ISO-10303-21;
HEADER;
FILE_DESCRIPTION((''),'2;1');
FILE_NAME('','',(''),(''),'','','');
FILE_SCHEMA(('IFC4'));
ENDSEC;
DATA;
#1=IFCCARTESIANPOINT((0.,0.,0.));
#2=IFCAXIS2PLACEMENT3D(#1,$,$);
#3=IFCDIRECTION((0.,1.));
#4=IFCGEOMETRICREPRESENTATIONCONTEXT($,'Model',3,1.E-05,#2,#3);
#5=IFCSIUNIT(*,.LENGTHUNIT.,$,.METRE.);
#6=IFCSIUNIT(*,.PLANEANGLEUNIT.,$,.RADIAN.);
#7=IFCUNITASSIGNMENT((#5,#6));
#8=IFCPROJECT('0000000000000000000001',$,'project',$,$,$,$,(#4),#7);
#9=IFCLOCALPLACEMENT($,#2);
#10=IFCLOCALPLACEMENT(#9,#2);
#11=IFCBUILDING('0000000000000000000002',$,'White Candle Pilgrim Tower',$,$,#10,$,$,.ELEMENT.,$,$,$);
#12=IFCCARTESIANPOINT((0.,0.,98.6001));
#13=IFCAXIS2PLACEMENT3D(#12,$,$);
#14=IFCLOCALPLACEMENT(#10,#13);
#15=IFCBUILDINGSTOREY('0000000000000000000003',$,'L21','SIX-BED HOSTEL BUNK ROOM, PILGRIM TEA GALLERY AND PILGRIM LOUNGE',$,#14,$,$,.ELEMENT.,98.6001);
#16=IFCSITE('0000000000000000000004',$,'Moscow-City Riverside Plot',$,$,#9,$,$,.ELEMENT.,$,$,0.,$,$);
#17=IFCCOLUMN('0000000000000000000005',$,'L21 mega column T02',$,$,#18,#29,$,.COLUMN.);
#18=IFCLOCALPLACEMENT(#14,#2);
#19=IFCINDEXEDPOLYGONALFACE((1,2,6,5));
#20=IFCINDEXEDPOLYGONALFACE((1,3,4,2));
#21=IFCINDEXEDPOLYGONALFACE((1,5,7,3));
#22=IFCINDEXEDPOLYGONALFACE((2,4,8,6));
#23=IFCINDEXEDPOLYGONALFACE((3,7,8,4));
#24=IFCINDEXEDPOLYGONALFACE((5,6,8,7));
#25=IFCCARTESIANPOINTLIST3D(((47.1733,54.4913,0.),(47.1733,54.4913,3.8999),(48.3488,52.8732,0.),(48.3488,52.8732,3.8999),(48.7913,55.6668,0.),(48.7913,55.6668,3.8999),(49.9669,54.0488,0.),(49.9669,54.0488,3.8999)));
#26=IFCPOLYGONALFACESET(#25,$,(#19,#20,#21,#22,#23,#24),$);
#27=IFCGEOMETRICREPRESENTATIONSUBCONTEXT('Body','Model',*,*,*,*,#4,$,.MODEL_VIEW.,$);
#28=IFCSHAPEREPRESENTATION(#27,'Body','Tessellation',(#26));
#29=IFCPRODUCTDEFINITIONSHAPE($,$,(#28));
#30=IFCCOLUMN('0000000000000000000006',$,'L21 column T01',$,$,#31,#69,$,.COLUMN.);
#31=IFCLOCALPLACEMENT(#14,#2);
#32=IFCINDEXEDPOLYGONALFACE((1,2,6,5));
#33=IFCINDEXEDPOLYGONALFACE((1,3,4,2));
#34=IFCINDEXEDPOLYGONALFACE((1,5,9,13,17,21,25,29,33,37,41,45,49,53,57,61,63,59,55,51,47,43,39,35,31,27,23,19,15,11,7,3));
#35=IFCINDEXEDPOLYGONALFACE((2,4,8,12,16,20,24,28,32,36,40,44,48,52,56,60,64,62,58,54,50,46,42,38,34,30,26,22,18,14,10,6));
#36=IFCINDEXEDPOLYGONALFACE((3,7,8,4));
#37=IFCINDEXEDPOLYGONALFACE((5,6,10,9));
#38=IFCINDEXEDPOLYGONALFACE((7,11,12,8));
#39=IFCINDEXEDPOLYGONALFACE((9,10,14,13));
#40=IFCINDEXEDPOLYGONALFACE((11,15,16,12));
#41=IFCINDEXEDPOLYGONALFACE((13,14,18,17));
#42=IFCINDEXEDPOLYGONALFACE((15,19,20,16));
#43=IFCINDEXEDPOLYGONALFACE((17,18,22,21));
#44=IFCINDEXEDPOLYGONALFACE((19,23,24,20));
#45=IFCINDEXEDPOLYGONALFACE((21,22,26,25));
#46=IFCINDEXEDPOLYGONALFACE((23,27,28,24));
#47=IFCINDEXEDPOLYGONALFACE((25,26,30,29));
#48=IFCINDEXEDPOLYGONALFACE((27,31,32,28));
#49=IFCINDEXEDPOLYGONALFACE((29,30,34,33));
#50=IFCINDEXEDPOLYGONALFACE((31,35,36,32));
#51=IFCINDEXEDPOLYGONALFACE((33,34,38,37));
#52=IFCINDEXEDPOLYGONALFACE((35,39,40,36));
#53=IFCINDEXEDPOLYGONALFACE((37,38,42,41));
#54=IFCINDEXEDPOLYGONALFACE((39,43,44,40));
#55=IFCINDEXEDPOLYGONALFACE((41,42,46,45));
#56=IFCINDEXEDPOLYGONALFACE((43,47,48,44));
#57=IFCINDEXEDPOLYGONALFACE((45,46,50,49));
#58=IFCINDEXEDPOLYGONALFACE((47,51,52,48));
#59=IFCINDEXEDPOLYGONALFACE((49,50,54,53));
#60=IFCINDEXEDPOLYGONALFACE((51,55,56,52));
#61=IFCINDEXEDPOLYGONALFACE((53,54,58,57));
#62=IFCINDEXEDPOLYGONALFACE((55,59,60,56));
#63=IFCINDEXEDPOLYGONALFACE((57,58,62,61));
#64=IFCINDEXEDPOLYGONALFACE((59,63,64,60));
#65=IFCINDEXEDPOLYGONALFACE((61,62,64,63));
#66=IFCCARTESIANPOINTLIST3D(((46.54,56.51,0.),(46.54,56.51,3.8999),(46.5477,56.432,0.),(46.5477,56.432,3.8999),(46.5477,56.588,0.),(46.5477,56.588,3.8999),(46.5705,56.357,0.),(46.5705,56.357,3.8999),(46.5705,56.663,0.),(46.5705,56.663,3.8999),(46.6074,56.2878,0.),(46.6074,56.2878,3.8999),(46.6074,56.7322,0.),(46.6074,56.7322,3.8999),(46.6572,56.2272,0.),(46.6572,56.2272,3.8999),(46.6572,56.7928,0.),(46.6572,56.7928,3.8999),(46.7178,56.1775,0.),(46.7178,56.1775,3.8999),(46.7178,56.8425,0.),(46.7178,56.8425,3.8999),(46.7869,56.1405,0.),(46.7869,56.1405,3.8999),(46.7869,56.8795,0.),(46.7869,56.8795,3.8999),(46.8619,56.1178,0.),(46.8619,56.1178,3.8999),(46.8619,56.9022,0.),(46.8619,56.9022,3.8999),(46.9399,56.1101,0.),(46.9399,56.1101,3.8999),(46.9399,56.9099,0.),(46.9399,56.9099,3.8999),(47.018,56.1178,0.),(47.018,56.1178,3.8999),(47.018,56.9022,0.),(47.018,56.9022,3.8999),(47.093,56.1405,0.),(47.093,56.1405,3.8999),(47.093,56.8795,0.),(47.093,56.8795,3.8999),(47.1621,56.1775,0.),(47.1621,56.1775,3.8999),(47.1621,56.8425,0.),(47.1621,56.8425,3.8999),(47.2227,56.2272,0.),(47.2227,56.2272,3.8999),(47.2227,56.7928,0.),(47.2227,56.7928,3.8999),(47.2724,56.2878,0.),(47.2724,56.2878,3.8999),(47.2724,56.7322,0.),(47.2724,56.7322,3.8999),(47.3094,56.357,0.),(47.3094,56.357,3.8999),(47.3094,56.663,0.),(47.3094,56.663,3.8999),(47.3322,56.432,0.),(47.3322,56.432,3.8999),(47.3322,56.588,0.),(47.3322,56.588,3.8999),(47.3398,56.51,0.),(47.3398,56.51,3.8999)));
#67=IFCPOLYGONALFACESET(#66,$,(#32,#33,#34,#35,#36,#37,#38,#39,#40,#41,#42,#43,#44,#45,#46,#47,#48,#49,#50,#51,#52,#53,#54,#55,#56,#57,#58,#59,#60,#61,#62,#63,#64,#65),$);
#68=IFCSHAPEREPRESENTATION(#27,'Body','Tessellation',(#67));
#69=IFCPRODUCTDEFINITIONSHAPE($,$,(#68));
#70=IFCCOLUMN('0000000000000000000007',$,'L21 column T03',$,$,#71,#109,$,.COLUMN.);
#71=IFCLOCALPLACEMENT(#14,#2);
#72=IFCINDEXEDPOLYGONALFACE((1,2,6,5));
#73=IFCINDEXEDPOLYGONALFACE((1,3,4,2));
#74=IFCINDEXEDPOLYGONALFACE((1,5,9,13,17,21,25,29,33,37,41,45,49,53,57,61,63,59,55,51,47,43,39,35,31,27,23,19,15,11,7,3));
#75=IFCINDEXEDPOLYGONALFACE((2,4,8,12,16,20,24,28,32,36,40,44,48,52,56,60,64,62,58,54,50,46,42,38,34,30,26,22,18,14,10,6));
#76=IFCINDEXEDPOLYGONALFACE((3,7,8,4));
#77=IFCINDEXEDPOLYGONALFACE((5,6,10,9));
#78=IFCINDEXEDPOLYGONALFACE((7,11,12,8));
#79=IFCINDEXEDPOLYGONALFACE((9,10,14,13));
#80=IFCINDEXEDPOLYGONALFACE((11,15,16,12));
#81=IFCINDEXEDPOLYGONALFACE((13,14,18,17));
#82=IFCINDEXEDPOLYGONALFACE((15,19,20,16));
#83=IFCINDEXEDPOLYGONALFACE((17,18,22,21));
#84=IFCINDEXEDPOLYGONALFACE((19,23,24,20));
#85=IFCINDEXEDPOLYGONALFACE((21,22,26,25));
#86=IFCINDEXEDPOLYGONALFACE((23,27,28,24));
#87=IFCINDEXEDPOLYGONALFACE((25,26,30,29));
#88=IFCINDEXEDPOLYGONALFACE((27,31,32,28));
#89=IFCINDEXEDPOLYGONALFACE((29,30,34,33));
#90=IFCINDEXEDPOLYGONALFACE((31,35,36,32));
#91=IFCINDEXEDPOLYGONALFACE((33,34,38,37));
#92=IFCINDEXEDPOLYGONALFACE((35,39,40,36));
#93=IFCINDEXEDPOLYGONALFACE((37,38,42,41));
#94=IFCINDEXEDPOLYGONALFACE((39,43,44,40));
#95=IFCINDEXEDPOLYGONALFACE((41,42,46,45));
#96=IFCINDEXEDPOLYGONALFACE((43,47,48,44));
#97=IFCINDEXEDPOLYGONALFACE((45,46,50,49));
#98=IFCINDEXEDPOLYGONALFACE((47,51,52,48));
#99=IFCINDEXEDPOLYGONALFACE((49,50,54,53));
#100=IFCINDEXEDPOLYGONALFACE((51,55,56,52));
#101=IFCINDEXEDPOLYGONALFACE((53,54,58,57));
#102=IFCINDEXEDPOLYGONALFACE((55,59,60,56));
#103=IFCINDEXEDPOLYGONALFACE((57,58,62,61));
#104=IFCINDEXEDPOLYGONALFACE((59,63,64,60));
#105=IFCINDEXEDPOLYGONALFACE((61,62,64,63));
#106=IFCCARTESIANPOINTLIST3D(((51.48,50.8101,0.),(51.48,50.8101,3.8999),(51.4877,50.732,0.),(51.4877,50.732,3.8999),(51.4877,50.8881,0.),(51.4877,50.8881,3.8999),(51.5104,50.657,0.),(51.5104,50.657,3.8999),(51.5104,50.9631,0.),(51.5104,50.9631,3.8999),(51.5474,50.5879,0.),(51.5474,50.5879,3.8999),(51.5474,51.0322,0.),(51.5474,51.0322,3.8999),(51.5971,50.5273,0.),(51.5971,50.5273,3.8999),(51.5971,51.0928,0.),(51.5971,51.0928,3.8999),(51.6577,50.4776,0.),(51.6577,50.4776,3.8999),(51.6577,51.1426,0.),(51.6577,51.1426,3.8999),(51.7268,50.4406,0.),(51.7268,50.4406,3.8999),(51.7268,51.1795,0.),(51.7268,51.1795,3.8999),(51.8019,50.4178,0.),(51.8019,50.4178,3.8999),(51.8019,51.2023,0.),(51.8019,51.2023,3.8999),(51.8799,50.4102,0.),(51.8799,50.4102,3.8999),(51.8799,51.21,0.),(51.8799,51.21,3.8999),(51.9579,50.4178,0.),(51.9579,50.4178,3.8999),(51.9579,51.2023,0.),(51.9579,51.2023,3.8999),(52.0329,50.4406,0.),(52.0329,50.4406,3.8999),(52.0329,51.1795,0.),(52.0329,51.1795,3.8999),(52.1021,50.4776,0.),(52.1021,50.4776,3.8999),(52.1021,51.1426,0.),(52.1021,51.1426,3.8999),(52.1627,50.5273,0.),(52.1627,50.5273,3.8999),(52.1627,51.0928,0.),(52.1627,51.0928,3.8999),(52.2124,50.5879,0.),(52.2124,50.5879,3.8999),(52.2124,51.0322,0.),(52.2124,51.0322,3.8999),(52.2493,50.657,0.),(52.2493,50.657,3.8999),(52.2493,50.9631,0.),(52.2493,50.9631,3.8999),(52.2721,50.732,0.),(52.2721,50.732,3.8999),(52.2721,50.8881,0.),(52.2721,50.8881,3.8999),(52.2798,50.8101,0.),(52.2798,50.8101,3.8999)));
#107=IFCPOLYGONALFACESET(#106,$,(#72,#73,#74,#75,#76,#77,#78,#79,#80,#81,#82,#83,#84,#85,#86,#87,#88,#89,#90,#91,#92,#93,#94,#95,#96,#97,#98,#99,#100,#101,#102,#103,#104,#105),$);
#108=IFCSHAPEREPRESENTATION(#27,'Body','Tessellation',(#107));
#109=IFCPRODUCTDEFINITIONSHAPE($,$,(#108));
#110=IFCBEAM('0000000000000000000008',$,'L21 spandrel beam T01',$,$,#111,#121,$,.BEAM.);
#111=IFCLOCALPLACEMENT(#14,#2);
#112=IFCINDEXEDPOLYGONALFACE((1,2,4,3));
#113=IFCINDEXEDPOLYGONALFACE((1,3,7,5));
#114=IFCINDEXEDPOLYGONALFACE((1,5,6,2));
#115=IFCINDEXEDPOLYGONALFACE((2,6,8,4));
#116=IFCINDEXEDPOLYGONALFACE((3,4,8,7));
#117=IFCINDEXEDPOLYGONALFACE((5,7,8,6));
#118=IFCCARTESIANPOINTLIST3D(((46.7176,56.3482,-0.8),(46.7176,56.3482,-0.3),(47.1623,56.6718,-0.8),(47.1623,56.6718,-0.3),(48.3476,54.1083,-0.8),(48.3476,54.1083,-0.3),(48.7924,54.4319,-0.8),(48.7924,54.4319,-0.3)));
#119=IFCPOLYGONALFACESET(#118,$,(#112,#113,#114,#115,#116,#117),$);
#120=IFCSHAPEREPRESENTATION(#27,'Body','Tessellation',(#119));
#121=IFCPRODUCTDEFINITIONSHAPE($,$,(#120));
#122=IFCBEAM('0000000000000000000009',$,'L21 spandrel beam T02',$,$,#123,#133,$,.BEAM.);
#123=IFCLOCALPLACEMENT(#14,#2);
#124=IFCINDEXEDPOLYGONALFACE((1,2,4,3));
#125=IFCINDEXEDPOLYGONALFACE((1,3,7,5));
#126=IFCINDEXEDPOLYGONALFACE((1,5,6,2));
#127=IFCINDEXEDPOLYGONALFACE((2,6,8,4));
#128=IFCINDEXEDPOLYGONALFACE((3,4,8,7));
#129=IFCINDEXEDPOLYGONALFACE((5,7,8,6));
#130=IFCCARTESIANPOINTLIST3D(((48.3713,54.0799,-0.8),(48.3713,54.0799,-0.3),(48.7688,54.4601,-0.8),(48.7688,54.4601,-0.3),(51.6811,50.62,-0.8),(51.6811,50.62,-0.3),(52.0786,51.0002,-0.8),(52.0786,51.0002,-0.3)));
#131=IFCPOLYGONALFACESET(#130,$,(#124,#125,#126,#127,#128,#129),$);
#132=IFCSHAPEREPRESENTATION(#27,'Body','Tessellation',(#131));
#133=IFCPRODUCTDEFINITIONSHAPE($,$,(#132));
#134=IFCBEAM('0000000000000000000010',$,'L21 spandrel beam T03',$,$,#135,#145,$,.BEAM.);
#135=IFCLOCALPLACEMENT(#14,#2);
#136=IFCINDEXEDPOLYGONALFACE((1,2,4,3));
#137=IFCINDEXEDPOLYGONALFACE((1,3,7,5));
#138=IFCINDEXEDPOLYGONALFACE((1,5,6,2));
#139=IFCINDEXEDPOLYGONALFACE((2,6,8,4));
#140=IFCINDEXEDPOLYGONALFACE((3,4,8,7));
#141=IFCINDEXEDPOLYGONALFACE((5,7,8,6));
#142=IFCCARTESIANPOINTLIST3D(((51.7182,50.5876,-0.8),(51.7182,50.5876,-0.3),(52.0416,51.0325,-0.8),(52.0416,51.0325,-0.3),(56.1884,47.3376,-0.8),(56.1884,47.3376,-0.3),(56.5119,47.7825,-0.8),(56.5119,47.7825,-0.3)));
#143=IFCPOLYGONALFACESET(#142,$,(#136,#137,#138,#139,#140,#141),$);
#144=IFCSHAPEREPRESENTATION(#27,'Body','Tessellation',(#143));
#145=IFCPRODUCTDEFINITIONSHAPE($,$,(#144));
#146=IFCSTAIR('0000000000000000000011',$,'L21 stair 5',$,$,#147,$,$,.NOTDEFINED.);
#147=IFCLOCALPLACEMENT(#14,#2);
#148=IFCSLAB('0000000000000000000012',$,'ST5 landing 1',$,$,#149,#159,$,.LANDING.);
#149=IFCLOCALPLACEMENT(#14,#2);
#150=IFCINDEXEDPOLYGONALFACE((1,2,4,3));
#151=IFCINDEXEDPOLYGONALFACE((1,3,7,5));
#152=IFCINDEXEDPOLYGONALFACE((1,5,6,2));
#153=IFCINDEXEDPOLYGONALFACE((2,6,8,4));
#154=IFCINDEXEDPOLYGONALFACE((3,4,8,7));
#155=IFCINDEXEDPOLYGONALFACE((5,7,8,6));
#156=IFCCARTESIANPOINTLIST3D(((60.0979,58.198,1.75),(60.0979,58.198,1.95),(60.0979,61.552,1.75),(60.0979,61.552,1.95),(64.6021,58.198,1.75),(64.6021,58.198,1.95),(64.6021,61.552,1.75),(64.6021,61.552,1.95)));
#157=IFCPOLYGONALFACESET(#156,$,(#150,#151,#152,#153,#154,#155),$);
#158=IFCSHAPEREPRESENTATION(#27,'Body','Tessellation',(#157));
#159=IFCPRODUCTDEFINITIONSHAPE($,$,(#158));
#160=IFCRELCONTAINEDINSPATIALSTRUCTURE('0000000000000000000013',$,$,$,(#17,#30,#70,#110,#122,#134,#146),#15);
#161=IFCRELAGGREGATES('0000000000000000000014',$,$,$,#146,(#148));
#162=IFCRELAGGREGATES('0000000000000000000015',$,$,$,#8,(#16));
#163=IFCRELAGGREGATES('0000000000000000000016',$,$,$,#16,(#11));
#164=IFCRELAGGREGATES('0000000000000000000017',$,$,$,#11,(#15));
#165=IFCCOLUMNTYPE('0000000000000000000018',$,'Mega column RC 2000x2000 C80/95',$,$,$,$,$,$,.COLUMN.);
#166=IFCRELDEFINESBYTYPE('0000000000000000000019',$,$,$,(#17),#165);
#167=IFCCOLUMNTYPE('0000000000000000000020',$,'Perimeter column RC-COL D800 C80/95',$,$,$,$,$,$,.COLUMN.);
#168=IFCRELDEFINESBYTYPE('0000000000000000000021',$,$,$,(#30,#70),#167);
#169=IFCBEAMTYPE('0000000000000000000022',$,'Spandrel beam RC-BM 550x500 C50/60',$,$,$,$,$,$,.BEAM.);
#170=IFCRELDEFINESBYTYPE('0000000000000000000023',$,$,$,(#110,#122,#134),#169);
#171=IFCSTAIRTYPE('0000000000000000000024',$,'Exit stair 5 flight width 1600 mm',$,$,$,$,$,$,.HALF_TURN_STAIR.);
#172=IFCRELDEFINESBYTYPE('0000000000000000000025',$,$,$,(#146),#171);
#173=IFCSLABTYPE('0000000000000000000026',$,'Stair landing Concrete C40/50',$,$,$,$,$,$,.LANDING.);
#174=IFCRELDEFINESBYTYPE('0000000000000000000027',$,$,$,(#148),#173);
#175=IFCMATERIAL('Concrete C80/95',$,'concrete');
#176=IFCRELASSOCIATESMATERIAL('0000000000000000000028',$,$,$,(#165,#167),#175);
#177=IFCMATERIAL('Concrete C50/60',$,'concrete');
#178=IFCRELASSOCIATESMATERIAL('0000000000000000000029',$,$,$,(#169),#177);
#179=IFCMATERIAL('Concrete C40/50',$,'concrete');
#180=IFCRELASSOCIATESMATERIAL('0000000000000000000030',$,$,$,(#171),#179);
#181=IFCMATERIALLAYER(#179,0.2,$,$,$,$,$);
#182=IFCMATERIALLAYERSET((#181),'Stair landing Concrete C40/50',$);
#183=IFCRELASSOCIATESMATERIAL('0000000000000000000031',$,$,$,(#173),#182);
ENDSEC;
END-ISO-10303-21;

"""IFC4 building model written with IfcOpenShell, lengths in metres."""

from ifc_helpers import new_model, si_unit, direction, frame, origin, origin_2d, place, context, subcontext, project, spatial, polyline, rectangle, circle, outline, extrude, material, layer, layer_set, material_profile, profile_set, type_object, element, aggregate, save


model = new_model("IFC4")

# Units and contexts
model_context = context("Model", 3, precision=1e-05, world=origin(), true_north=direction((0.0, 1.0)))
body_context = subcontext(model_context, "Body", "Model", "MODEL_VIEW")
ifc_project = project(units=[si_unit("LENGTHUNIT", "METRE"), si_unit("PLANEANGLEUNIT", "RADIAN")], contexts=[model_context])

# Site, building, storey
site_placement = place(None, origin())
site = spatial("IfcSite", under=ifc_project, at=site_placement, Name="Moscow-City Riverside Plot", CompositionType="ELEMENT", RefElevation=0.0)
building_placement = place(site_placement, origin())
building = spatial("IfcBuilding", under=site, at=building_placement, Name="White Candle Pilgrim Tower", CompositionType="ELEMENT")
storey_placement = place(building_placement, frame((0.0, 0.0, 98.6001)))
storey = spatial("IfcBuildingStorey", under=building, at=storey_placement, Name="L21", Description="SIX-BED HOSTEL BUNK ROOM, PILGRIM TEA GALLERY AND PILGRIM LOUNGE", CompositionType="ELEMENT", Elevation=98.6001)

# Columns
ifc_material_1 = material(Name="Concrete C80/95", Category="concrete")
ifc_material_profile_1 = material_profile(ifc_material_1, rectangle(XDim=2.0, YDim=2.0, at=origin_2d()), Name="RC 2000x2000")
ifc_profile_set_1 = profile_set([ifc_material_profile_1], Name="Concrete C80/95")
column_type_1 = type_object("IfcColumnType", Name="Mega column RC 2000x2000 C80/95", PredefinedType="COLUMN", material=ifc_profile_set_1)
column_placement = place(storey_placement, frame((48.5701, 54.27, 0.0), z_axis=(0.0, 0.0, 1.0), x_axis=(-0.809017, -0.587785, 0.0)))
element("IfcColumn", 1, at=column_placement, inside=storey, type_object=column_type_1, Name="L21 mega column T02", PredefinedType="COLUMN", context=body_context, shape_type="SweptSolid", body=[
    extrude(rectangle(XDim=2.0, YDim=2.0, at=origin_2d()), origin(), (0.0, 0.0, 1.0), 3.8999),
])
ifc_material_profile_2 = material_profile(ifc_material_1, circle(Radius=0.3999, at=origin_2d()), Name="RC-COL D800")
ifc_profile_set_2 = profile_set([ifc_material_profile_2], Name="Concrete C80/95")
column_type_2 = type_object("IfcColumnType", Name="Perimeter column RC-COL D800 C80/95", PredefinedType="COLUMN", material=ifc_profile_set_2)
for number, where, z_axis, x_axis, name in (
    (2, (46.9399, 56.51, 0.0), (0.0, 0.0, 1.0), (1.0, 0.0, 0.0), "L21 column T01"),
    (3, (51.8799, 50.8101, 0.0), (0.0, 0.0, 1.0), (1.0, 0.0, 0.0), "L21 column T03"),
):
    element("IfcColumn", number, at=place(storey_placement, frame(where, z_axis=z_axis, x_axis=x_axis)), inside=storey, type_object=column_type_2, Name=name, PredefinedType="COLUMN", context=body_context, shape_type="SweptSolid", body=[
        extrude(circle(Radius=0.3999, at=origin_2d()), origin(), (0.0, 0.0, 1.0), 3.8999),
    ])

# Beams
ifc_material_2 = material(Name="Concrete C50/60", Category="concrete")
ifc_material_profile_3 = material_profile(ifc_material_2, rectangle(XDim=0.55, YDim=0.5, at=origin_2d()), Name="RC-BM 550x500")
ifc_profile_set_3 = profile_set([ifc_material_profile_3], Name="Concrete C50/60")
beam_type = type_object("IfcBeamType", Name="Spandrel beam RC-BM 550x500 C50/60", PredefinedType="BEAM", material=ifc_profile_set_3)
beam_1_placement = place(storey_placement, frame((46.9399, 56.51, -0.55), z_axis=(0.588418, -0.808557, 0.0), x_axis=(0.808557, 0.588418, 0.0)))
element("IfcBeam", 4, at=beam_1_placement, inside=storey, type_object=beam_type, Name="L21 spandrel beam T01", PredefinedType="BEAM", context=body_context, shape_type="SweptSolid", body=[
    extrude(rectangle(XDim=0.55, YDim=0.5, at=origin_2d()), origin(), (0.0, 0.0, 1.0), 2.7703),
])
beam_2_placement = place(storey_placement, frame((48.5701, 54.27, -0.55), z_axis=(0.691254, -0.722612, 0.0), x_axis=(0.722612, 0.691254, 0.0)))
element("IfcBeam", 5, at=beam_2_placement, inside=storey, type_object=beam_type, Name="L21 spandrel beam T02", PredefinedType="BEAM", context=body_context, shape_type="SweptSolid", body=[
    extrude(rectangle(XDim=0.55, YDim=0.5, at=origin_2d()), origin(), (0.0, 0.0, 1.0), 4.7881),
])
beam_3_placement = place(storey_placement, frame((51.8799, 50.8101, -0.55), z_axis=(0.808828, -0.588046, 0.0), x_axis=(0.588046, 0.808828, 0.0)))
element("IfcBeam", 6, at=beam_3_placement, inside=storey, type_object=beam_type, Name="L21 spandrel beam T03", PredefinedType="BEAM", context=body_context, shape_type="SweptSolid", body=[
    extrude(rectangle(XDim=0.55, YDim=0.5, at=origin_2d()), origin(), (0.0, 0.0, 1.0), 5.5269),
])

# Stair, slab
ifc_material_3 = material(Name="Concrete C40/50", Category="concrete")
stair_type = type_object("IfcStairType", Name="Exit stair 5 flight width 1600 mm", PredefinedType="HALF_TURN_STAIR", material=ifc_material_3)
stair_placement = place(storey_placement, origin())
stair = element("IfcStair", 7, at=stair_placement, inside=storey, type_object=stair_type, Name="L21 stair 5", PredefinedType="NOTDEFINED")
ifc_layer_1 = layer(ifc_material_3, 0.2)
ifc_layer_set_1 = layer_set([ifc_layer_1], Name="Stair landing Concrete C40/50")
slab_type = type_object("IfcSlabType", Name="Stair landing Concrete C40/50", PredefinedType="LANDING", material=ifc_layer_set_1)
slab_placement = place(storey_placement, frame((0.0, 0.0, 1.75)))
slab = element("IfcSlab", 8, at=slab_placement, type_object=slab_type, Name="ST5 landing 1", PredefinedType="LANDING", context=body_context, shape_type="SweptSolid", body=[
    extrude(outline(polyline([(60.0979, 58.198), (60.0979, 61.552), (64.6021, 61.552), (64.6021, 58.198), (60.0979, 58.198)])), origin(), (0.0, 0.0, 1.0), 0.2),
])
aggregate(stair, [slab])

save(model, "model.ifc")
